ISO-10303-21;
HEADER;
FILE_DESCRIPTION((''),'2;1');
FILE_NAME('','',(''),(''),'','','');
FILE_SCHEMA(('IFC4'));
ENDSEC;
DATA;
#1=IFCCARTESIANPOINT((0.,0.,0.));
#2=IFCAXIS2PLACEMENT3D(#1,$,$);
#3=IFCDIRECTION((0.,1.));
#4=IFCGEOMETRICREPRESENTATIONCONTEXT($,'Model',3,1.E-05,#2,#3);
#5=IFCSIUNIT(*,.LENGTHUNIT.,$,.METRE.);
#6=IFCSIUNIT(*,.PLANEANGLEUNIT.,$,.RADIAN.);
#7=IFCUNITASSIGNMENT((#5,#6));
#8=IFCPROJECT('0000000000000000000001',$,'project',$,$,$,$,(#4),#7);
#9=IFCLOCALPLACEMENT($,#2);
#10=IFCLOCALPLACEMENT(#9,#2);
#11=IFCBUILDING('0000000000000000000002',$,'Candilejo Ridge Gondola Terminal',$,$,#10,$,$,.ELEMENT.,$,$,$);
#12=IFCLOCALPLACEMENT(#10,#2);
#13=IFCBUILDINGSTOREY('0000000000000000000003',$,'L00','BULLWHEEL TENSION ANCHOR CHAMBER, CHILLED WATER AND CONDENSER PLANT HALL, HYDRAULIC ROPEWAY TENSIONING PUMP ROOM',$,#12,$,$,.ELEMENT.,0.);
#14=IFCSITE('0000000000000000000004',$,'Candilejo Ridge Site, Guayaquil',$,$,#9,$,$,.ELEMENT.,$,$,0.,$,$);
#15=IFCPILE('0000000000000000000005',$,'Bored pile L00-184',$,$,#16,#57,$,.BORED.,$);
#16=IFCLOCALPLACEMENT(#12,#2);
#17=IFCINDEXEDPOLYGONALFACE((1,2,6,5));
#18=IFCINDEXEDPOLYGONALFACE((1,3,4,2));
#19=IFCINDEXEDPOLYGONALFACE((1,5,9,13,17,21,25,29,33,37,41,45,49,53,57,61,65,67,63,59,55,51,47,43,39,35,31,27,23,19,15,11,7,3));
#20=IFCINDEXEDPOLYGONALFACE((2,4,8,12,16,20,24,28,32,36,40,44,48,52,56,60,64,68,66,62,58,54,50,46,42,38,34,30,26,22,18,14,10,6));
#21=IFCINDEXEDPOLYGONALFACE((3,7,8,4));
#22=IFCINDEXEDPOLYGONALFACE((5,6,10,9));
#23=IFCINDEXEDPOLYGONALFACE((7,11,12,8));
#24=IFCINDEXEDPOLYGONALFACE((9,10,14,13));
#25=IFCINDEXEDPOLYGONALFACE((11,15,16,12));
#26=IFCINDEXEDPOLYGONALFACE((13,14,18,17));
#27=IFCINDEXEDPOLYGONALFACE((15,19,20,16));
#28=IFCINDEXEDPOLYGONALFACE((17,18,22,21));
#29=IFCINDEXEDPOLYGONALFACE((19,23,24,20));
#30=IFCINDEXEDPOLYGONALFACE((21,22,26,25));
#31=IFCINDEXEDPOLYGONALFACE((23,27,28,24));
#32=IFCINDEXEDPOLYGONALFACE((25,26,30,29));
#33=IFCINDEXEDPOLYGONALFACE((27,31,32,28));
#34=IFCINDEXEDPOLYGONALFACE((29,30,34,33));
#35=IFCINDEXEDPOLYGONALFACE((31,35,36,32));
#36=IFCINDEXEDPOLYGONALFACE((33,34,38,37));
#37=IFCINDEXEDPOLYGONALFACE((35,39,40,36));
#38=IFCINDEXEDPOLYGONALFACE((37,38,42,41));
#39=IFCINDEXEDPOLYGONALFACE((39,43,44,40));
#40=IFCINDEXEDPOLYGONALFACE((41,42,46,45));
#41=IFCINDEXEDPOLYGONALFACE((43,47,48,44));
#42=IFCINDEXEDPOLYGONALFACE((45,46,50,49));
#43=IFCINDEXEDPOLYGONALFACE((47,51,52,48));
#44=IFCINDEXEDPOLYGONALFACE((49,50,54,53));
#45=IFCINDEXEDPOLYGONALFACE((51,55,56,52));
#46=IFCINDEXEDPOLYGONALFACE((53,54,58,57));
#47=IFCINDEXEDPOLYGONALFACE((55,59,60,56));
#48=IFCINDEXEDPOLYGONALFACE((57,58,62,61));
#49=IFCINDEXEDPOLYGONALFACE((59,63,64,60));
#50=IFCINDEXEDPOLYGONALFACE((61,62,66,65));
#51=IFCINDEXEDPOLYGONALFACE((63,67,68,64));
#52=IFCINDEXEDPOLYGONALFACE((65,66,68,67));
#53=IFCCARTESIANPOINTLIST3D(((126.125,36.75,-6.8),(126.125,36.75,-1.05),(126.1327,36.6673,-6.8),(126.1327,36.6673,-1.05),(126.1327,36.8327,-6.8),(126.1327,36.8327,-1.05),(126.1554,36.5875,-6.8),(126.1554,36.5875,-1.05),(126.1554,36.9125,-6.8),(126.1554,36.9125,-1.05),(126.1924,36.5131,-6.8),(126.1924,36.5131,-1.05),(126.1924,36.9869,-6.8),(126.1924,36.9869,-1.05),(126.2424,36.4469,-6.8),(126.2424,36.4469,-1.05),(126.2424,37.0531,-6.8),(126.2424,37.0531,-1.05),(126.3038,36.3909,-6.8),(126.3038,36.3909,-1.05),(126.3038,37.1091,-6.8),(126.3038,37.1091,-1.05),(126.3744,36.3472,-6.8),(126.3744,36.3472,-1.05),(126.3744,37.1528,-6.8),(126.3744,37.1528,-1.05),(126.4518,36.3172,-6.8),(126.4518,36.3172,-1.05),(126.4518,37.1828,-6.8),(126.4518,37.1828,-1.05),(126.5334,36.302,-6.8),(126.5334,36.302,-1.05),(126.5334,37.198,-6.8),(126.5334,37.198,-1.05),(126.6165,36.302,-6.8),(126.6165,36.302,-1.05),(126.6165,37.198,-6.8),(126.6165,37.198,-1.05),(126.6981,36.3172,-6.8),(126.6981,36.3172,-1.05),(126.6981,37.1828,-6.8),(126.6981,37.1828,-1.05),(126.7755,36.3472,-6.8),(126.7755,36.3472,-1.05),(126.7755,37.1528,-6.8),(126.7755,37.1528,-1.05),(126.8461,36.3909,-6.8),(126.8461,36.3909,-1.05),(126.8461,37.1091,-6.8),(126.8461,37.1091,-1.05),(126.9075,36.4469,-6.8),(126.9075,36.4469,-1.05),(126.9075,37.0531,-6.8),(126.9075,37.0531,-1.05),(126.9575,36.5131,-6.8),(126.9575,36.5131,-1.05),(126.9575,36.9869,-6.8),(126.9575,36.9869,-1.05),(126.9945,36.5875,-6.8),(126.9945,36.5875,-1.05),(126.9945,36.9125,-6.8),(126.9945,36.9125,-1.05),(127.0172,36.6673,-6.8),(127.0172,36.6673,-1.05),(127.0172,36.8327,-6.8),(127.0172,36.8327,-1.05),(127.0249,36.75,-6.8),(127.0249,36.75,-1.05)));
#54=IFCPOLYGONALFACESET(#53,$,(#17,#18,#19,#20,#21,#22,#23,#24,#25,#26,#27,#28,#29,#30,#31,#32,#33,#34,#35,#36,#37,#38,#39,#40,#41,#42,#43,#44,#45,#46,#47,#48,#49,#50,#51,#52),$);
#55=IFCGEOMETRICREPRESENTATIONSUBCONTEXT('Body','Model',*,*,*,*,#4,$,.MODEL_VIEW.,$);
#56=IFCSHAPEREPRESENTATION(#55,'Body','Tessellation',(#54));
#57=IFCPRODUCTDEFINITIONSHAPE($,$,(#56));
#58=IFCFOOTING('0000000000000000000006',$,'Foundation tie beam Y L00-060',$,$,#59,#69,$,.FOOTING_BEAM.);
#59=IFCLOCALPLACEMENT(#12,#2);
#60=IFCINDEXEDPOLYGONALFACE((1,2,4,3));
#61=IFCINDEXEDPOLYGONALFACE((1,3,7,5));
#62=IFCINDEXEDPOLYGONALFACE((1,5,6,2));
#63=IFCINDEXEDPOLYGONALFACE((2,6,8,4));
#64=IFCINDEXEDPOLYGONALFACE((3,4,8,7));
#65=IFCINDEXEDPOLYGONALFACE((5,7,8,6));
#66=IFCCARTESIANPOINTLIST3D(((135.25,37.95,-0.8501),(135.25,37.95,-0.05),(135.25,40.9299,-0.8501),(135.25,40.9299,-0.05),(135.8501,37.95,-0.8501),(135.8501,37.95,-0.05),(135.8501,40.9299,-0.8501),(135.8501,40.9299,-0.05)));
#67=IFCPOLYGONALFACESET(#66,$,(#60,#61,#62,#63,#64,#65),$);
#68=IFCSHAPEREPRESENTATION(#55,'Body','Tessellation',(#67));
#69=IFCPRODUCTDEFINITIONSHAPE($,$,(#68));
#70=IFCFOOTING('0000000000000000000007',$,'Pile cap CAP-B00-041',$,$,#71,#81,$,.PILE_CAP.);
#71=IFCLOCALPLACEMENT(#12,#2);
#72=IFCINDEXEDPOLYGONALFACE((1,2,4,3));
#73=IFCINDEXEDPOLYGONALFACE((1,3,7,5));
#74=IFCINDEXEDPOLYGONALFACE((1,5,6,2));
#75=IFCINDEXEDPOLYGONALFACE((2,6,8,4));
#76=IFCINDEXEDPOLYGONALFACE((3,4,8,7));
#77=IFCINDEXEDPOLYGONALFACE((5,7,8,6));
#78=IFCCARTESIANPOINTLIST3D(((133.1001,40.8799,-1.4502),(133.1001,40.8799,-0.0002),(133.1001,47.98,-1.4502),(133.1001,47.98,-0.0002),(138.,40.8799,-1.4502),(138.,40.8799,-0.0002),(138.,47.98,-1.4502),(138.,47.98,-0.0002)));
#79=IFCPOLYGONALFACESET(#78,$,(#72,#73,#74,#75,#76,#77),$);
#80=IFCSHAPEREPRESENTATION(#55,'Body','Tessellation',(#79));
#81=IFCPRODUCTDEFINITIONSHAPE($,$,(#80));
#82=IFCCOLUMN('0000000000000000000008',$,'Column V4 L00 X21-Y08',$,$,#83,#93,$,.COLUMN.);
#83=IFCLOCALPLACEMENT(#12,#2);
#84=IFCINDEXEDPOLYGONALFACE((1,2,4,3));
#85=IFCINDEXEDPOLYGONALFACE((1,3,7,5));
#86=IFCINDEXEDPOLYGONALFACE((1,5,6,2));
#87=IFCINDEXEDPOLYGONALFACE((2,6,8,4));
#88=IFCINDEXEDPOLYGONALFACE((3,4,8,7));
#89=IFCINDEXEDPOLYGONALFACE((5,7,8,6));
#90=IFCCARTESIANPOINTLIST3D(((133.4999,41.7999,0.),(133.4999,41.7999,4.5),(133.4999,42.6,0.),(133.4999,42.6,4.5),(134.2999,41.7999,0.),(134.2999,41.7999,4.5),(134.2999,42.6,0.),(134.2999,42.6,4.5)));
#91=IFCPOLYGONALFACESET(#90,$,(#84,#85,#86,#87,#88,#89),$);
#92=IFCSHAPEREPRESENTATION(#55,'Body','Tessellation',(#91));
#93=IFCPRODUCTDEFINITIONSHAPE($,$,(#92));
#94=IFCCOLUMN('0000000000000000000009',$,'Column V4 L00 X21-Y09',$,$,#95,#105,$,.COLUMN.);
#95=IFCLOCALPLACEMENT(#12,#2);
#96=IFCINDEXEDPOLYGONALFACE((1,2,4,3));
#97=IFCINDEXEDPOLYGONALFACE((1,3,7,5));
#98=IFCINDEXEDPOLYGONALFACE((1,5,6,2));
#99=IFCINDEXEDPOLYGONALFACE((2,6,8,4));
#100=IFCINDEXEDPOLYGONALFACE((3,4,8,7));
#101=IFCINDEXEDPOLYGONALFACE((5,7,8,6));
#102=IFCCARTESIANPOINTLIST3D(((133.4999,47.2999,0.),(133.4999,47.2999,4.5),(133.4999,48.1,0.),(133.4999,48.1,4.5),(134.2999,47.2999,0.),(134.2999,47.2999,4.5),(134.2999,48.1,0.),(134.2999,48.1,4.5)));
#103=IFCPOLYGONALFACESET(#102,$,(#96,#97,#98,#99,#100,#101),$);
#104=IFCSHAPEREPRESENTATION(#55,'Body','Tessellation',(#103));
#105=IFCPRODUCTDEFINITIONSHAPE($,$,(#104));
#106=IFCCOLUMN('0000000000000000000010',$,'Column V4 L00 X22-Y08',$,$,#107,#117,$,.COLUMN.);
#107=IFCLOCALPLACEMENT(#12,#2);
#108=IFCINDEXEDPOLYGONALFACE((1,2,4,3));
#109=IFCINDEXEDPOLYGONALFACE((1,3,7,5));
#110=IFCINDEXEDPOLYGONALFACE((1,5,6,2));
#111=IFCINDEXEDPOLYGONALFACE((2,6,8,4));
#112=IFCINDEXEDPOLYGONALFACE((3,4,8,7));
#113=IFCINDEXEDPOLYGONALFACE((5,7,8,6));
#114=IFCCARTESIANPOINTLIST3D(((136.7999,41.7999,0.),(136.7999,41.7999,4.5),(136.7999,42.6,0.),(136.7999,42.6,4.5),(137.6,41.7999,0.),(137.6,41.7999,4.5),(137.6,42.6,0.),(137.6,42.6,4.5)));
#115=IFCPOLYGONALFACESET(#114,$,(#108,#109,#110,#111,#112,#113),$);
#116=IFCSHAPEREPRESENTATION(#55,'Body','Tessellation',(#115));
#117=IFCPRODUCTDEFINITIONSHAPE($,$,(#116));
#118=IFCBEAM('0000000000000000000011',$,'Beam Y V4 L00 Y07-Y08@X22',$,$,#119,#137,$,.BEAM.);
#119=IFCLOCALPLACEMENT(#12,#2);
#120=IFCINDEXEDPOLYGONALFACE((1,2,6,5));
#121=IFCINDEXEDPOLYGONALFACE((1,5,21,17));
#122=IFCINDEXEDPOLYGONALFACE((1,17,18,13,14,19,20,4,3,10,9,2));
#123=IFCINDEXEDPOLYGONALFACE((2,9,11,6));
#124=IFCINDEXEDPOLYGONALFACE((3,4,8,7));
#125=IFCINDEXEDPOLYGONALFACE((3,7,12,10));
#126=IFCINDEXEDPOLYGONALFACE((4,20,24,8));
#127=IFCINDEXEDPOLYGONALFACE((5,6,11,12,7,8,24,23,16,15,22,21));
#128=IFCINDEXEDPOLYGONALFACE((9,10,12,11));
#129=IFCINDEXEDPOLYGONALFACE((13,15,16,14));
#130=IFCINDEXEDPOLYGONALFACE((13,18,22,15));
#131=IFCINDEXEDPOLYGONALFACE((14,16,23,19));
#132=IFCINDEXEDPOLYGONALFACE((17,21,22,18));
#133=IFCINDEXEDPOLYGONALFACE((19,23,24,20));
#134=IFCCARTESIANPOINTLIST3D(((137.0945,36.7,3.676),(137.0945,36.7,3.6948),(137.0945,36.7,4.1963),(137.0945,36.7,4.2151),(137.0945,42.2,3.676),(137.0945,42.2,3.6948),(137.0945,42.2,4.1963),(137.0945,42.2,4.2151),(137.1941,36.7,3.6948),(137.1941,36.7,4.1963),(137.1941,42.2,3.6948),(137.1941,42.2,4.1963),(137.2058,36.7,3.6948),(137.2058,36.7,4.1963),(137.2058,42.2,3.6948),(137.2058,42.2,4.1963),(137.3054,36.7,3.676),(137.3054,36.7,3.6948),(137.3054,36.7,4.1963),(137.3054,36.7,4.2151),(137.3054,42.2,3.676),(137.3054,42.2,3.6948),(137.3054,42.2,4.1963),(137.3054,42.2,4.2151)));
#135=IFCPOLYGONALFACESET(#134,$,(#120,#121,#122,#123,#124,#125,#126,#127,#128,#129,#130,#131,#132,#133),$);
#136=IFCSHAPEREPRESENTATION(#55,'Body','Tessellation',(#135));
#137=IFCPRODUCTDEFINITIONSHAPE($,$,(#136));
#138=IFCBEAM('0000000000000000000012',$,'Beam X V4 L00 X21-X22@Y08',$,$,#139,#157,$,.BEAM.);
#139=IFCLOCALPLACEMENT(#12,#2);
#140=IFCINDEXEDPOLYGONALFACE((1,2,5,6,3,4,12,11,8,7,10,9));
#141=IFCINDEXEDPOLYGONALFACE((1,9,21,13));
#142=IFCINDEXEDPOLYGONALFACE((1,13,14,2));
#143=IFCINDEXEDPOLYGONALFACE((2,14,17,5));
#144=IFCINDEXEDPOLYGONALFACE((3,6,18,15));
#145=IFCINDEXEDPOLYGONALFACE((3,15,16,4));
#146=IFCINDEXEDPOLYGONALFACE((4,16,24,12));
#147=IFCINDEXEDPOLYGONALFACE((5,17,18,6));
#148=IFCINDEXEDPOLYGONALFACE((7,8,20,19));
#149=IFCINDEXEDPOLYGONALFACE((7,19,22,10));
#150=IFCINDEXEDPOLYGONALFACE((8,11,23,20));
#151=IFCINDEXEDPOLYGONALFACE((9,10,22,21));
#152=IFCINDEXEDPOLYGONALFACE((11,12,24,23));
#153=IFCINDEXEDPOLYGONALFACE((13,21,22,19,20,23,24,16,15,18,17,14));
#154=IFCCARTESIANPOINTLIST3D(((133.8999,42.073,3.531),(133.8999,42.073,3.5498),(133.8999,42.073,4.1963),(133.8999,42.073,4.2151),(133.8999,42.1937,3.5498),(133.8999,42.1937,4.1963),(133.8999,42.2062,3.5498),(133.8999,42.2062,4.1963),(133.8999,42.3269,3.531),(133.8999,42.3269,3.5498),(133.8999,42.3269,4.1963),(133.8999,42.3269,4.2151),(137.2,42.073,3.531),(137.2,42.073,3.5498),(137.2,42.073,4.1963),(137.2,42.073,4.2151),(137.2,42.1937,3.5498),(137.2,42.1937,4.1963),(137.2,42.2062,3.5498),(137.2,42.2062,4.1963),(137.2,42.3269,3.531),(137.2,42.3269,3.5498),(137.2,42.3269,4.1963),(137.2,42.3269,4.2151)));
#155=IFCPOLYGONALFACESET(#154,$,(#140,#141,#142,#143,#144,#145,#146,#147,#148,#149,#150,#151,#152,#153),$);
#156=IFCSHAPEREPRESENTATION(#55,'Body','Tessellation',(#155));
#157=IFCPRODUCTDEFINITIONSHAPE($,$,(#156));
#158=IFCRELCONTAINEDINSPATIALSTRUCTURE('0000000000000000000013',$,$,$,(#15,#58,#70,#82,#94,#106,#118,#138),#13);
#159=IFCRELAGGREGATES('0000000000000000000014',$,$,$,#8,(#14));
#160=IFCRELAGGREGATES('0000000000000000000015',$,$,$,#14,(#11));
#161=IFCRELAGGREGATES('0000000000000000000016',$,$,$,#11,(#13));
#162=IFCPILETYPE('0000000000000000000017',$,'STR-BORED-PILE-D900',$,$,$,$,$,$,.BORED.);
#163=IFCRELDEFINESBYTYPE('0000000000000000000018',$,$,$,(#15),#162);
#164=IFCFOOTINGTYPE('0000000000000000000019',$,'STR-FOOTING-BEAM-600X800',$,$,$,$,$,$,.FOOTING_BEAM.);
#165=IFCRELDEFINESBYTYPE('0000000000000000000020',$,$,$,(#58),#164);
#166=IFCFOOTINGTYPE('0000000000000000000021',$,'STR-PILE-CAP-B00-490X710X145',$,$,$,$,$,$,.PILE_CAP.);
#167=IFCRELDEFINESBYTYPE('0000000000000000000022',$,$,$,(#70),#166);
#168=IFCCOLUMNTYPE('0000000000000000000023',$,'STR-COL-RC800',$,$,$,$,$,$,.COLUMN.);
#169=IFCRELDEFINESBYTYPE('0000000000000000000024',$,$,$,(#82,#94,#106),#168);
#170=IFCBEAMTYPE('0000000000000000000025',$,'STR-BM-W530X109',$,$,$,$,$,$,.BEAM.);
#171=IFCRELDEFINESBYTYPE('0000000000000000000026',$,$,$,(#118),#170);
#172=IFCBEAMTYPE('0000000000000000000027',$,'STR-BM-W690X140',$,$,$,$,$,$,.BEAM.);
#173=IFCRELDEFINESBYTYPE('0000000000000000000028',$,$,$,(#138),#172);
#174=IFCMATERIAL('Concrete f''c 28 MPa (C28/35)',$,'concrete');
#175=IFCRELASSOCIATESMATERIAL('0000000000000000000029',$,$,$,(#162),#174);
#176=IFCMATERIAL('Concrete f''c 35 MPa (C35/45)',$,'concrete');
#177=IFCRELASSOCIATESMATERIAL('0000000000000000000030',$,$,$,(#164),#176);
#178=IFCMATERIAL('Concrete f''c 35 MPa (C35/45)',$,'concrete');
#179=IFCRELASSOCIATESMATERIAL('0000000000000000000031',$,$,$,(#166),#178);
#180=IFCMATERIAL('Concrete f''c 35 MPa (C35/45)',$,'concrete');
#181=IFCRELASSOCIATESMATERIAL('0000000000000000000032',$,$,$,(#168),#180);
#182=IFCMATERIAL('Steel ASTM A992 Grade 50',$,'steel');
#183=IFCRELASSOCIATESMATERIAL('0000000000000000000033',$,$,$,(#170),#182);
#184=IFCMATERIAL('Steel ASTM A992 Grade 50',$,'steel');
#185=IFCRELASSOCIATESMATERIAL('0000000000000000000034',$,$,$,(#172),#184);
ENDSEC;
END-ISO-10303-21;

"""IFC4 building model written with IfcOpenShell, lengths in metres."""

from ifc_helpers import new_model, si_unit, direction, frame, origin, origin_2d, place, context, subcontext, project, spatial, rectangle, circle, i_section, extrude, material, material_profile, profile_set, type_object, element, save


model = new_model("IFC4")

# Units and contexts
model_context = context("Model", 3, precision=1e-05, world=origin(), true_north=direction((0.0, 1.0)))
body_context = subcontext(model_context, "Body", "Model", "MODEL_VIEW")
ifc_project = project(units=[si_unit("LENGTHUNIT", "METRE"), si_unit("PLANEANGLEUNIT", "RADIAN")], contexts=[model_context])

# Site, building, storey
site_placement = place(None, origin())
site = spatial("IfcSite", under=ifc_project, at=site_placement, Name="Candilejo Ridge Site, Guayaquil", CompositionType="ELEMENT", RefElevation=0.0)
building_placement = place(site_placement, origin())
building = spatial("IfcBuilding", under=site, at=building_placement, Name="Candilejo Ridge Gondola Terminal", CompositionType="ELEMENT")
storey_placement = place(building_placement, origin())
storey = spatial("IfcBuildingStorey", under=building, at=storey_placement, Name="L00", Description="BULLWHEEL TENSION ANCHOR CHAMBER, CHILLED WATER AND CONDENSER PLANT HALL, HYDRAULIC ROPEWAY TENSIONING PUMP ROOM", CompositionType="ELEMENT", Elevation=0.0)

# Pile
ifc_material_1 = material(Name="Concrete f'c 28 MPa (C28/35)", Category="concrete")
ifc_material_profile_1 = material_profile(ifc_material_1, circle(Radius=0.45, at=origin_2d()))
ifc_profile_set_1 = profile_set([ifc_material_profile_1], Name="Concrete f'c 28 MPa (C28/35)")
pile_type_1 = type_object("IfcPileType", Name="STR-BORED-PILE-D900", PredefinedType="BORED", material=ifc_profile_set_1)
for number, where, z_axis, x_axis, name in (
    (1, (126.575, 36.75, -1.05), (0.0, 0.0, -1.0), (1.0, 0.0, 0.0), "Bored pile L00-184"),
):
    element("IfcPile", number, at=place(storey_placement, frame(where, z_axis=z_axis, x_axis=x_axis)), inside=storey, type_object=pile_type_1, Name=name, PredefinedType="BORED", context=body_context, shape_type="SweptSolid", body=[
        extrude(circle(Radius=0.45, at=origin_2d()), origin(), (0.0, 0.0, 1.0), 5.75),
    ])

# Footings
ifc_material_2 = material(Name="Concrete f'c 35 MPa (C35/45)", Category="concrete")
footing_type_1 = type_object("IfcFootingType", Name="STR-FOOTING-BEAM-600X800", PredefinedType="FOOTING_BEAM", material=ifc_material_2)
footing_1_placement = place(storey_placement, frame((135.55, 39.4399, -0.8501), z_axis=(0.0, 0.0, 1.0), x_axis=(1.0, 0.0, 0.0)))
element("IfcFooting", 2, at=footing_1_placement, inside=storey, type_object=footing_type_1, Name="Foundation tie beam Y L00-060", PredefinedType="FOOTING_BEAM", context=body_context, shape_type="SweptSolid", body=[
    extrude(rectangle(XDim=0.6001, YDim=2.98, at=origin_2d()), origin(), (0.0, 0.0, 1.0), 0.8),
])
ifc_material_3 = material(Name="Concrete f'c 35 MPa (C35/45)", Category="concrete")
footing_type_2 = type_object("IfcFootingType", Name="STR-PILE-CAP-B00-490X710X145", PredefinedType="PILE_CAP", material=ifc_material_3)
footing_2_placement = place(storey_placement, frame((135.55, 44.4299, -1.4502), z_axis=(0.0, 0.0, 1.0), x_axis=(1.0, 0.0, 0.0)))
element("IfcFooting", 3, at=footing_2_placement, inside=storey, type_object=footing_type_2, Name="Pile cap CAP-B00-041", PredefinedType="PILE_CAP", context=body_context, shape_type="SweptSolid", body=[
    extrude(rectangle(XDim=4.8999, YDim=7.1001, at=origin_2d()), origin(), (0.0, 0.0, 1.0), 1.45),
])

# Columns
ifc_material_4 = material(Name="Concrete f'c 35 MPa (C35/45)", Category="concrete")
ifc_material_profile_2 = material_profile(ifc_material_4, rectangle(XDim=0.8, YDim=0.8, at=origin_2d()))
ifc_profile_set_2 = profile_set([ifc_material_profile_2], Name="Concrete f'c 35 MPa (C35/45)")
column_type = type_object("IfcColumnType", Name="STR-COL-RC800", PredefinedType="COLUMN", material=ifc_profile_set_2)
for number, where, z_axis, x_axis, name in (
    (4, (133.8999, 42.2, 0.0), (0.0, 0.0, 1.0), (1.0, 0.0, 0.0), "Column V4 L00 X21-Y08"),
    (5, (133.8999, 47.7, 0.0), (0.0, 0.0, 1.0), (1.0, 0.0, 0.0), "Column V4 L00 X21-Y09"),
    (6, (137.2, 42.2, 0.0), (0.0, 0.0, 1.0), (1.0, 0.0, 0.0), "Column V4 L00 X22-Y08"),
):
    element("IfcColumn", number, at=place(storey_placement, frame(where, z_axis=z_axis, x_axis=x_axis)), inside=storey, type_object=column_type, Name=name, PredefinedType="COLUMN", context=body_context, shape_type="SweptSolid", body=[
        extrude(rectangle(XDim=0.8, YDim=0.8, at=origin_2d()), origin(), (0.0, 0.0, 1.0), 4.5),
    ])

# Beams
ifc_material_5 = material(Name="Steel ASTM A992 Grade 50", Category="steel")
ifc_material_profile_3 = material_profile(ifc_material_5, i_section(OverallWidth=0.2109, OverallDepth=0.5391, WebThickness=0.0117, FlangeThickness=0.0188, at=origin_2d()))
ifc_profile_set_3 = profile_set([ifc_material_profile_3], Name="Steel ASTM A992 Grade 50")
beam_type_1 = type_object("IfcBeamType", Name="STR-BM-W530X109", PredefinedType="BEAM", material=ifc_profile_set_3)
beam_1_placement = place(storey_placement, frame((137.2, 36.7, 3.9456), z_axis=(0.0, 1.0, 0.0), x_axis=(-1.0, 0.0, 0.0)))
element("IfcBeam", 7, at=beam_1_placement, inside=storey, type_object=beam_type_1, Name="Beam Y V4 L00 Y07-Y08@X22", PredefinedType="BEAM", context=body_context, shape_type="SweptSolid", body=[
    extrude(i_section(OverallWidth=0.2109, OverallDepth=0.5391, WebThickness=0.0117, FlangeThickness=0.0188, at=origin_2d()), origin(), (0.0, 0.0, 1.0), 5.5),
])
ifc_material_6 = material(Name="Steel ASTM A992 Grade 50", Category="steel")
ifc_material_profile_4 = material_profile(ifc_material_6, i_section(OverallWidth=0.2539, OverallDepth=0.6841, WebThickness=0.0125, FlangeThickness=0.0188, at=origin_2d()))
ifc_profile_set_4 = profile_set([ifc_material_profile_4], Name="Steel ASTM A992 Grade 50")
beam_type_2 = type_object("IfcBeamType", Name="STR-BM-W690X140", PredefinedType="BEAM", material=ifc_profile_set_4)
beam_2_placement = place(storey_placement, frame((133.8999, 42.2, 3.873), z_axis=(1.0, 0.0, 0.0), x_axis=(0.0, 1.0, 0.0)))
element("IfcBeam", 8, at=beam_2_placement, inside=storey, type_object=beam_type_2, Name="Beam X V4 L00 X21-X22@Y08", PredefinedType="BEAM", context=body_context, shape_type="SweptSolid", body=[
    extrude(i_section(OverallWidth=0.2539, OverallDepth=0.6841, WebThickness=0.0125, FlangeThickness=0.0188, at=origin_2d()), origin(), (0.0, 0.0, 1.0), 3.3),
])

save(model, "model.ifc")
